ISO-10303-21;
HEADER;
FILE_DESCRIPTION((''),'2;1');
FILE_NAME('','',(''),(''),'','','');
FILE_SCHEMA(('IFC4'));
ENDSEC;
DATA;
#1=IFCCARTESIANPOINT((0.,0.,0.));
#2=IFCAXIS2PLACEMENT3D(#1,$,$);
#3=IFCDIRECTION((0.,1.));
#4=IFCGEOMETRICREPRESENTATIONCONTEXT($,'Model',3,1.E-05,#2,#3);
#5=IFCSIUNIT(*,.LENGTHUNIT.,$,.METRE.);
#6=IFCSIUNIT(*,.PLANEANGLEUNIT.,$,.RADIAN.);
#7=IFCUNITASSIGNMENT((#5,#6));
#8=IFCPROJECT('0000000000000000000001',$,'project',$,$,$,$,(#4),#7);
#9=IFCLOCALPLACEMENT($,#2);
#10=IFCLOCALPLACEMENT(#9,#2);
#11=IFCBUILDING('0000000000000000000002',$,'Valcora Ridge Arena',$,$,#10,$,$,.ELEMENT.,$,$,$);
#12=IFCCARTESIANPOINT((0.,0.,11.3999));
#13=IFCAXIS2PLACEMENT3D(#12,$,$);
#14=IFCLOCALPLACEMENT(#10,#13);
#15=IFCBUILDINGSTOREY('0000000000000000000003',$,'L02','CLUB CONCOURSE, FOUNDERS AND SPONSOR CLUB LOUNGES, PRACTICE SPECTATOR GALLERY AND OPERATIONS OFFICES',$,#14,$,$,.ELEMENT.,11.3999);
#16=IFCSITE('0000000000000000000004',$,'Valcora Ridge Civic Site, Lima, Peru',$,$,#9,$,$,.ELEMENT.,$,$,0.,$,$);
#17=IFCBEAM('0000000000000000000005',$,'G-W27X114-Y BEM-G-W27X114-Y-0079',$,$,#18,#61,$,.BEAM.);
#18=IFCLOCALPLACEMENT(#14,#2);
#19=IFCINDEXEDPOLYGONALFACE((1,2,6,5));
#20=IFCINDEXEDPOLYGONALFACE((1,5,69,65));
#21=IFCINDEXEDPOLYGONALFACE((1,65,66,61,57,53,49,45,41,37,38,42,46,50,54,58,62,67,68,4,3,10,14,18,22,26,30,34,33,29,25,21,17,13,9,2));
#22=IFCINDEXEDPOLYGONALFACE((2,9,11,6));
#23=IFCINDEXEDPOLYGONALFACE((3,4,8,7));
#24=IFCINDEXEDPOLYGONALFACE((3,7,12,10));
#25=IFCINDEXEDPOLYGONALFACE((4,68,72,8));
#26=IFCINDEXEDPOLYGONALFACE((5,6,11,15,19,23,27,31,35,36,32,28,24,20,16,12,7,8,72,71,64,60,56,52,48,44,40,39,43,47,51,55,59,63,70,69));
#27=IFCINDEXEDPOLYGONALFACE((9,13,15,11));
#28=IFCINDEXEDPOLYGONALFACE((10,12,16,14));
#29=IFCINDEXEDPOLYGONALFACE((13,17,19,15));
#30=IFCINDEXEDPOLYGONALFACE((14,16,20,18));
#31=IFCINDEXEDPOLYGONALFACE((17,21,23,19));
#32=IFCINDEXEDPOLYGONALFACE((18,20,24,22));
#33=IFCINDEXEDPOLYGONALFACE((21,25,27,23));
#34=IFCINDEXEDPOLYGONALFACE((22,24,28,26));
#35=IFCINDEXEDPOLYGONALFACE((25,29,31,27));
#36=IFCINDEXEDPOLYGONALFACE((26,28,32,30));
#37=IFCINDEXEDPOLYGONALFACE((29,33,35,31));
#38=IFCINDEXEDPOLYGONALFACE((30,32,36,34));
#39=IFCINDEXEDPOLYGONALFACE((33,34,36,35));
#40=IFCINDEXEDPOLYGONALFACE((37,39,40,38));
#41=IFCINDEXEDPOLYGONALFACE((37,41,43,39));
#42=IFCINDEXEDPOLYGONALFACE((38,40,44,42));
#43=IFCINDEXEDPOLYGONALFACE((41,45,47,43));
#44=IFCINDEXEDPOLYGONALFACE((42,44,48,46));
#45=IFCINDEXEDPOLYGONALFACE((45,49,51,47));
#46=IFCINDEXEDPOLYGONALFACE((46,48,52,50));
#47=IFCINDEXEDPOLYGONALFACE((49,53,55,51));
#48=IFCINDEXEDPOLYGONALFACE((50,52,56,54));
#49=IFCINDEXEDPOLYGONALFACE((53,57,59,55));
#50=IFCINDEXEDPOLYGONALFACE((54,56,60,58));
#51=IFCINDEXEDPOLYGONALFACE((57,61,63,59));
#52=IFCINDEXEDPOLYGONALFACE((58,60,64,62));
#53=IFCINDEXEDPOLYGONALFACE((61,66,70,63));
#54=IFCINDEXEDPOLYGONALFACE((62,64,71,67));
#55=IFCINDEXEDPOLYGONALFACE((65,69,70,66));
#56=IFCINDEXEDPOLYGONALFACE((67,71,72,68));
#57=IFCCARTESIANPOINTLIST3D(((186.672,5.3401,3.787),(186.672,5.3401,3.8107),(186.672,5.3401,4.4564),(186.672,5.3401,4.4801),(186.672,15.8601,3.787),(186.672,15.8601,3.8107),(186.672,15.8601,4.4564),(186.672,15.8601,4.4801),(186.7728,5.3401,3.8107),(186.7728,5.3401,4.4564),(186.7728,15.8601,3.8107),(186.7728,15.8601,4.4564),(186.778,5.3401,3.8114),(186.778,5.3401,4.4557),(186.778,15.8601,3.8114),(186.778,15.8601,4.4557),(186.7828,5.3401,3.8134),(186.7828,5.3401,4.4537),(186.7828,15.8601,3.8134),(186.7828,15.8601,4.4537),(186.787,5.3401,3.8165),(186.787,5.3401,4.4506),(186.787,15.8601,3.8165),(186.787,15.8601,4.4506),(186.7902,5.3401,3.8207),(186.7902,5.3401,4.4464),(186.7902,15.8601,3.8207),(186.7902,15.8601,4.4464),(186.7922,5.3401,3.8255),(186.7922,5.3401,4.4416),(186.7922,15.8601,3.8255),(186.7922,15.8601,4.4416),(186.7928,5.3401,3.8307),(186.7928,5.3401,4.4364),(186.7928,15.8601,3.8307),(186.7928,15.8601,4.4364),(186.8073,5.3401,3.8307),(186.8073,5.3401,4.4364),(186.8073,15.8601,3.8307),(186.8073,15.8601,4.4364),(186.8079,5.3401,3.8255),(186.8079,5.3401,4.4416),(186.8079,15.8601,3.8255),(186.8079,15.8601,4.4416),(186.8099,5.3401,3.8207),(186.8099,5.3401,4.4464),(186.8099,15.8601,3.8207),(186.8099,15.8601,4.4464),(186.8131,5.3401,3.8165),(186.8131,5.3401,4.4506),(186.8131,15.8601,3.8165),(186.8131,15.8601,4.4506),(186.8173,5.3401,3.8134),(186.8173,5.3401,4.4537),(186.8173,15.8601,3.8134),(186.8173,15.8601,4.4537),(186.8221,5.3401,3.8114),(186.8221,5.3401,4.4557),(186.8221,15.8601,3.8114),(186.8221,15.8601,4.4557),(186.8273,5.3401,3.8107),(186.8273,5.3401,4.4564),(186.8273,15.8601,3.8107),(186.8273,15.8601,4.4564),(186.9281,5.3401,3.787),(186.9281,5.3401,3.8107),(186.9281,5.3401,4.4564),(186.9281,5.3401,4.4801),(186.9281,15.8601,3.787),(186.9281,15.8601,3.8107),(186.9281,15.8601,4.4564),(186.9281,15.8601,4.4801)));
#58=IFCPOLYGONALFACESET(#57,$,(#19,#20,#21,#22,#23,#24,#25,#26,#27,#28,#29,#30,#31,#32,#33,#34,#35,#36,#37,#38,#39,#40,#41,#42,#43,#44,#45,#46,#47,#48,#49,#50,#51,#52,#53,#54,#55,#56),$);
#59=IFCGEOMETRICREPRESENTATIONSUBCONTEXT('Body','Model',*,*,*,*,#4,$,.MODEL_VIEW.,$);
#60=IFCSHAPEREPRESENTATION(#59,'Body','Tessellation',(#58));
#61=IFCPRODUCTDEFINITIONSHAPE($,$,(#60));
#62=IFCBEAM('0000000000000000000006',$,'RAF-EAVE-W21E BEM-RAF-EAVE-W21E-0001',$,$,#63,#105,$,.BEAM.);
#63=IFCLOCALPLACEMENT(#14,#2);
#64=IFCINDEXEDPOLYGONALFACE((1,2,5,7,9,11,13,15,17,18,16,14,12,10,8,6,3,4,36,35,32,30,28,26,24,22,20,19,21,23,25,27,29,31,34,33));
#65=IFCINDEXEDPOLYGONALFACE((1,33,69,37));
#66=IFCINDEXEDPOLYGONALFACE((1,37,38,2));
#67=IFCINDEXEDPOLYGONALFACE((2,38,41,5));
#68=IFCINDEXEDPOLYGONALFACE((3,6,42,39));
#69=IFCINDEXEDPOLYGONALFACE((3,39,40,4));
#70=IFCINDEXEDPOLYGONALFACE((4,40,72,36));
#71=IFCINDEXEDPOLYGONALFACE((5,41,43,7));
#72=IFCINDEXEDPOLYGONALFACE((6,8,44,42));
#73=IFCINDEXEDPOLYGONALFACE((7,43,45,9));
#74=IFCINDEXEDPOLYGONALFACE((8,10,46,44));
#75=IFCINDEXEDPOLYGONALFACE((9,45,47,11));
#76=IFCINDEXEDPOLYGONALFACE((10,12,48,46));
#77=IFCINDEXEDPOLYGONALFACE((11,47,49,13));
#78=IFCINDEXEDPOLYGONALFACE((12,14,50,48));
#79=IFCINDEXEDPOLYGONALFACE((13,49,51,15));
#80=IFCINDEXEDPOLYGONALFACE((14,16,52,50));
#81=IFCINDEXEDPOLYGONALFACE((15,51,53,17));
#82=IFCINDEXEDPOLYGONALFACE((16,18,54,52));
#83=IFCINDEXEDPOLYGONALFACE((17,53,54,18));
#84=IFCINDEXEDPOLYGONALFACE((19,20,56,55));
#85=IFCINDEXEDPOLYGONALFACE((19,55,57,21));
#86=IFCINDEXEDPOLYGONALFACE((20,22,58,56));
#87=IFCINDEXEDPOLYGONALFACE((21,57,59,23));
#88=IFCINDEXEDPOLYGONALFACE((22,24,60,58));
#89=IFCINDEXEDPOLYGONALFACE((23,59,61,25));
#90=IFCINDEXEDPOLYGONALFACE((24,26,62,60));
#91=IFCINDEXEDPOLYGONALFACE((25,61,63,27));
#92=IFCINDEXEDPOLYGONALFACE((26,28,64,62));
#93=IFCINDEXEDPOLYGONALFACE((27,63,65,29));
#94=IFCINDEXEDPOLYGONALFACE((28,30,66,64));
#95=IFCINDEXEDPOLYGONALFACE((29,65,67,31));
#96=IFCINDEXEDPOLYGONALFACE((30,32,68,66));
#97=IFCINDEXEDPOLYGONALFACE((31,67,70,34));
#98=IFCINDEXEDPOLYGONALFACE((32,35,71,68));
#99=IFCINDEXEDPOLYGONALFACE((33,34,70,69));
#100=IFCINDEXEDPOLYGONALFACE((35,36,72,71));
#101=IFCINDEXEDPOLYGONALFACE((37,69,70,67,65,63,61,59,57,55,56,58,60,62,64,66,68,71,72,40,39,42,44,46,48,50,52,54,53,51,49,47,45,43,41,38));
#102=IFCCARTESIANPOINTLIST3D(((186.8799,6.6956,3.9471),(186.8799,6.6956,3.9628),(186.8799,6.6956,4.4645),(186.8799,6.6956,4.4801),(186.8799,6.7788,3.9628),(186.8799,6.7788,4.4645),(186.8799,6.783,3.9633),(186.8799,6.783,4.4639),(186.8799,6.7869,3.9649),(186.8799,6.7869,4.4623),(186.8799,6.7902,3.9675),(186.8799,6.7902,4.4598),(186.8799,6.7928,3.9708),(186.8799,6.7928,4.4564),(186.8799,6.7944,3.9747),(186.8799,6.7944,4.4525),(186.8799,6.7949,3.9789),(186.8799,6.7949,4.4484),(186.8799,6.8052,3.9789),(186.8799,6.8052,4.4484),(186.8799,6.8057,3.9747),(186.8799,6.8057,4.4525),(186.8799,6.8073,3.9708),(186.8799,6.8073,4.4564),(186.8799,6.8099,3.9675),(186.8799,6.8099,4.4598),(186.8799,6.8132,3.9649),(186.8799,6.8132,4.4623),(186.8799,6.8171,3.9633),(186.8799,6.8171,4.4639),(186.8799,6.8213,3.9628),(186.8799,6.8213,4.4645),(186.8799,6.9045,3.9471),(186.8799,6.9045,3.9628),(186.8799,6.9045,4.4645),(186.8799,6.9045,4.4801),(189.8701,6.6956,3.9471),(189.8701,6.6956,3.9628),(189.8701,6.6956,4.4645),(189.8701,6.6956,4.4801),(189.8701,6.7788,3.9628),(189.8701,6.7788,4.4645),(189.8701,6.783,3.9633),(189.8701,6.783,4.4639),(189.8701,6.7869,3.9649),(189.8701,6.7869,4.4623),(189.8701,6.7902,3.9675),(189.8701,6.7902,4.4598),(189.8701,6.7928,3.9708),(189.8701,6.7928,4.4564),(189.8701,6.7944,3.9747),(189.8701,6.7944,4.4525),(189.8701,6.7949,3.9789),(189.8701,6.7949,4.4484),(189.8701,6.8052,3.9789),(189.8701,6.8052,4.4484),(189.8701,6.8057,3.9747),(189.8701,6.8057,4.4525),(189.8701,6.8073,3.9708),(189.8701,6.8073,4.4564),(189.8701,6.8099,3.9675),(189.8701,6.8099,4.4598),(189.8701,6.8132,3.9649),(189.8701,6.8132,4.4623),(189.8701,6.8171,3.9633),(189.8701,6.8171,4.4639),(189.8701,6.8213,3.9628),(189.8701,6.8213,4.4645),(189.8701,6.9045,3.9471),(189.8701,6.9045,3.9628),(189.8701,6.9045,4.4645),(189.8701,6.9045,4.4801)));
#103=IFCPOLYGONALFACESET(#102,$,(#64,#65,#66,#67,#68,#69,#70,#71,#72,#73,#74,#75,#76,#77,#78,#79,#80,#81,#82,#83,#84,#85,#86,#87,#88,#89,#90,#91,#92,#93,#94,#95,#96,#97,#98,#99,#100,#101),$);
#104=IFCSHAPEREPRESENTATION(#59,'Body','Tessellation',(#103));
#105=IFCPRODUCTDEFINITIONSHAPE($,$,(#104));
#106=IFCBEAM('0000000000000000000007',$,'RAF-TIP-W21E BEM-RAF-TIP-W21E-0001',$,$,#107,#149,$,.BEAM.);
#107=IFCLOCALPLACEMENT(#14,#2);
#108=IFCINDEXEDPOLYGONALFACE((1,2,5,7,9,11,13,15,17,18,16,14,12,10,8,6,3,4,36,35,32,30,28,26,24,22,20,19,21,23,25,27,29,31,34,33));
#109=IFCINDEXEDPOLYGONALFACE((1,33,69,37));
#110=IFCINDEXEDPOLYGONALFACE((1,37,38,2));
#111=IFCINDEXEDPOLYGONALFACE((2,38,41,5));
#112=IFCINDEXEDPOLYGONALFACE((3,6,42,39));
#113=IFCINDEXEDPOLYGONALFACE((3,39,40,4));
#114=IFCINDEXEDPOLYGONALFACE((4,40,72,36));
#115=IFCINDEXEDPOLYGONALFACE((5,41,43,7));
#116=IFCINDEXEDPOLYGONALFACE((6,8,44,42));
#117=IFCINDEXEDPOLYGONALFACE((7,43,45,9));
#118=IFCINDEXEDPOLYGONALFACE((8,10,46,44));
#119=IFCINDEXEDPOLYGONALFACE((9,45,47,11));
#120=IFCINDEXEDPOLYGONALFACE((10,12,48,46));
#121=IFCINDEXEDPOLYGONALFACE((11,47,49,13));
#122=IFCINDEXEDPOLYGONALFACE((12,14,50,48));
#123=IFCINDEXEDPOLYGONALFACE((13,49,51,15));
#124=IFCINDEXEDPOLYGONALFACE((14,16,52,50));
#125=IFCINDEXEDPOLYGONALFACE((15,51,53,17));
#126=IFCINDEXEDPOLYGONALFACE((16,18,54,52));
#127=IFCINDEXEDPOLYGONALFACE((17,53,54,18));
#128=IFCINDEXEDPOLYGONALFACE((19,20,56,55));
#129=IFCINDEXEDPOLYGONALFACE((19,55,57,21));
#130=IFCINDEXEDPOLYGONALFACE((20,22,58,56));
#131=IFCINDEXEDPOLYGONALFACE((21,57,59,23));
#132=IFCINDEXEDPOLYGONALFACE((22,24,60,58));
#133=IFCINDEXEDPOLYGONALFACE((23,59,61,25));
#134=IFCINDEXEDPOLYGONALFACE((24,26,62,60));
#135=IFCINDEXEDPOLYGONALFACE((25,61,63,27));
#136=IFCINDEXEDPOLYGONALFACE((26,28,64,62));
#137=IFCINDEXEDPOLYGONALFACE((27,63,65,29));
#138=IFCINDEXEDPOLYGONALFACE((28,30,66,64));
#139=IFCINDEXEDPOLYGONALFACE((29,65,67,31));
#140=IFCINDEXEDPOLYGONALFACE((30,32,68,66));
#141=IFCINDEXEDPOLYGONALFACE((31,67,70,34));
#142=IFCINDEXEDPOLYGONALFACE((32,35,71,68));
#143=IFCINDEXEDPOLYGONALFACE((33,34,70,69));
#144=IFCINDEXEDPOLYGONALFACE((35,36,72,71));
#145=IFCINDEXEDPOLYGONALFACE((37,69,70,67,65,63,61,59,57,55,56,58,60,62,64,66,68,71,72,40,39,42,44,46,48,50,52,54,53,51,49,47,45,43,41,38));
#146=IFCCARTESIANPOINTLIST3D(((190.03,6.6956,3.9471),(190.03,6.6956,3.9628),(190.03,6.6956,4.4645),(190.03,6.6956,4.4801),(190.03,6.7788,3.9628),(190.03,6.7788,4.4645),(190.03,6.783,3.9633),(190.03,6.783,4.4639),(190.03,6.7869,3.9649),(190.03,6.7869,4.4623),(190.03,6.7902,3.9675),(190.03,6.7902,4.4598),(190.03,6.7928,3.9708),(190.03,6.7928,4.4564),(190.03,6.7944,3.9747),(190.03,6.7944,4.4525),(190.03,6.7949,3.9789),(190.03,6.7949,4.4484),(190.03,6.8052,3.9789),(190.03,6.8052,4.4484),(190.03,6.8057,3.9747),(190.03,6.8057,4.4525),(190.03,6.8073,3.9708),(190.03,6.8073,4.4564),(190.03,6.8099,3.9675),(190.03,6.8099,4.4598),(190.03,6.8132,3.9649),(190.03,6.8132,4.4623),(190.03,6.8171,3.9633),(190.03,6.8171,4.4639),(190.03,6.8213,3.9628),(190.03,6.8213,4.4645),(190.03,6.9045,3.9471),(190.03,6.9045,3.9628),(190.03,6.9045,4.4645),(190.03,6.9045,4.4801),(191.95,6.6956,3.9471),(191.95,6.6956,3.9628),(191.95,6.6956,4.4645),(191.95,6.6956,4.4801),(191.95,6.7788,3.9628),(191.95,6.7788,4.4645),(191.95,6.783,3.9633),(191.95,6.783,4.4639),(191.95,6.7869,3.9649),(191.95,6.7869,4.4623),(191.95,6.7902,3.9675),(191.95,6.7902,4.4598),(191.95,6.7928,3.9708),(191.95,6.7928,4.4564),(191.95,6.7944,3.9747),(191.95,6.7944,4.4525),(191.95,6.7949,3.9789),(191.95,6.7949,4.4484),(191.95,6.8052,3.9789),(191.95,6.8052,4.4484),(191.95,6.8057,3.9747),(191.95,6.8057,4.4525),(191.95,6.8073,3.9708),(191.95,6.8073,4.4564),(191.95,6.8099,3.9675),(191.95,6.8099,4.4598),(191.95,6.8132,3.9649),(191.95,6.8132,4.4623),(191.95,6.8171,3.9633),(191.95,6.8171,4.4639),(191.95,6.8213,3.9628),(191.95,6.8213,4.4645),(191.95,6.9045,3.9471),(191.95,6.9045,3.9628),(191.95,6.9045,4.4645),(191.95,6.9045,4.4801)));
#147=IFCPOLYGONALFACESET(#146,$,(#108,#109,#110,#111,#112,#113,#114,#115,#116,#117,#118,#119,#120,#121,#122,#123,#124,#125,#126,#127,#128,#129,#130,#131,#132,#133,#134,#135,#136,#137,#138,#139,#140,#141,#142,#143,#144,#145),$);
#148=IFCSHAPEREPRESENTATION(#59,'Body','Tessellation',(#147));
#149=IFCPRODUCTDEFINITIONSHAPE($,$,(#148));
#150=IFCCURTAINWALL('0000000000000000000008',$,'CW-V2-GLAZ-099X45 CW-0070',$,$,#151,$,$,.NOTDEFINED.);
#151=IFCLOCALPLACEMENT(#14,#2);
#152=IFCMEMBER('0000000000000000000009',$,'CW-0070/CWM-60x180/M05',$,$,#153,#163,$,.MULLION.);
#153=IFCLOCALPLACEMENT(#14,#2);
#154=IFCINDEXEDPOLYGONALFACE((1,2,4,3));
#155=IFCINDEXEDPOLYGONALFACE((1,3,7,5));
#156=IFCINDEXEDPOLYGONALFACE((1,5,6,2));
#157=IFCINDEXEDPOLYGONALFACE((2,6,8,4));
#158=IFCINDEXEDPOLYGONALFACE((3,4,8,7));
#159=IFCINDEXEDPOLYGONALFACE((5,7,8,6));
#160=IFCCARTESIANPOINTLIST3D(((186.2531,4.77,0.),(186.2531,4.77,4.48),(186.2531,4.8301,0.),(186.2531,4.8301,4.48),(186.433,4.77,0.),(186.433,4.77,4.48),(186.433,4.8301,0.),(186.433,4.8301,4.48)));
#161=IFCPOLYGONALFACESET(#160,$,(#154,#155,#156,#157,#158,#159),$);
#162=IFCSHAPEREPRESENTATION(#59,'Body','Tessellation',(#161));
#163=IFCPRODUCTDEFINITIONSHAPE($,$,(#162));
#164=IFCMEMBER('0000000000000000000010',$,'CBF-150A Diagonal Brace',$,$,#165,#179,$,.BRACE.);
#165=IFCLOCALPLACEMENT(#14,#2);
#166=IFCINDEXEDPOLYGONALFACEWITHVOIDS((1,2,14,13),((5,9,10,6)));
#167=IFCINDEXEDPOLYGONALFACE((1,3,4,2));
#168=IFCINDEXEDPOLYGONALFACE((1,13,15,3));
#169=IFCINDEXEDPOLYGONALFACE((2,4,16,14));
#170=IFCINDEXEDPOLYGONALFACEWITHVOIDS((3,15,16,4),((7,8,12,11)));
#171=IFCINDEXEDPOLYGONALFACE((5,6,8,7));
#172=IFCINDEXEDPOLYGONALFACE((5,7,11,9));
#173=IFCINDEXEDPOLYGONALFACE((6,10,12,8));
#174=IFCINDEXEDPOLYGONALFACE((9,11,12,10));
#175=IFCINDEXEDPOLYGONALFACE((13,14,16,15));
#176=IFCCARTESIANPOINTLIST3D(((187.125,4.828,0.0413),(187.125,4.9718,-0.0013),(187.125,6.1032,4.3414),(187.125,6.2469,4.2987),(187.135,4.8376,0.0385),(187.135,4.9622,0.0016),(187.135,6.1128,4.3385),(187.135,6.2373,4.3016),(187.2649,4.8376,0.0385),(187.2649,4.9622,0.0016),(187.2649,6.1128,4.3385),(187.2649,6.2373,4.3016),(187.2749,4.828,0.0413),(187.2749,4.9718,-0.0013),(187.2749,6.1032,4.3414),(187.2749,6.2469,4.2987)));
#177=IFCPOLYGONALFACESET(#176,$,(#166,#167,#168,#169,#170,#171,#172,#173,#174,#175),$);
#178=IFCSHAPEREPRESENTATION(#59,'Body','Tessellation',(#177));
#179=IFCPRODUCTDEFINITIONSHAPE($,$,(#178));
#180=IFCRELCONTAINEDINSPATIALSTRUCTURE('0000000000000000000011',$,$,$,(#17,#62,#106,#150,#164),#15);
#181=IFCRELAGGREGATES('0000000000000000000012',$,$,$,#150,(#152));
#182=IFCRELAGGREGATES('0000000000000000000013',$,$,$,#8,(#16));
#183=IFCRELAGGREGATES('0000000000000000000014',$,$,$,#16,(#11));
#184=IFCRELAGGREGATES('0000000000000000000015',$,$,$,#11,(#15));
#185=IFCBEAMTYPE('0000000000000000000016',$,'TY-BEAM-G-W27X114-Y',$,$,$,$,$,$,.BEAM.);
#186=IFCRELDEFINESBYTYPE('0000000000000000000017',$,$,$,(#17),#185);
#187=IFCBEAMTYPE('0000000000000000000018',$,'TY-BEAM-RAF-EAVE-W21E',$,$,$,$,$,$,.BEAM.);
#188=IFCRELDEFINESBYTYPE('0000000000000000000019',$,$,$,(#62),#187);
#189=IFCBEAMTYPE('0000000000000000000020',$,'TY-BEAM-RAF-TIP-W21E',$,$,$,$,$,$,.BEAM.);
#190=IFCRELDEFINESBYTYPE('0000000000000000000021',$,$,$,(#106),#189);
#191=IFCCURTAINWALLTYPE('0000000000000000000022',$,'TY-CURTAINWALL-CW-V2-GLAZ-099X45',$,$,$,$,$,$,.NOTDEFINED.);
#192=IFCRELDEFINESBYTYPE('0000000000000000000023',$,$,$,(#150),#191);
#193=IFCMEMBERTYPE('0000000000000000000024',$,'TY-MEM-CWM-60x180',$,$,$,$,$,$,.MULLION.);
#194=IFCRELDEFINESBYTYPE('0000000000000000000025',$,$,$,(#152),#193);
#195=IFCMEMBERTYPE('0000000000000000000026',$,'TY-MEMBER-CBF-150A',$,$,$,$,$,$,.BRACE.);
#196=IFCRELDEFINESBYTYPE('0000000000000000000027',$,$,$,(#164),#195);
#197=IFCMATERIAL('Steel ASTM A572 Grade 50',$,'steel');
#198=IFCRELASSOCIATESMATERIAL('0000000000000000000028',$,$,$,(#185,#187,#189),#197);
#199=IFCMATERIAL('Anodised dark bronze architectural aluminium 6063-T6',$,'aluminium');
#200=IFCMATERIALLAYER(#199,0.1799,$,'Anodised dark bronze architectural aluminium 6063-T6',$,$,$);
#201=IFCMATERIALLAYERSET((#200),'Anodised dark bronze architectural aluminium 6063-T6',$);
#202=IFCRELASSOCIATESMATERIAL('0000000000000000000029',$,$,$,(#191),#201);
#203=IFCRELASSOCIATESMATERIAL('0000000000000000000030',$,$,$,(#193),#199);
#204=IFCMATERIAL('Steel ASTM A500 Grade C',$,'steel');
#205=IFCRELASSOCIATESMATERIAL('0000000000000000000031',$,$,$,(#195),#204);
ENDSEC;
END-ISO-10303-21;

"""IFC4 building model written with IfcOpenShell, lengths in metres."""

from ifc_helpers import new_model, si_unit, direction, frame, origin, origin_2d, place, context, subcontext, project, spatial, rectangle, hollow_rectangle, i_section, extrude, material, layer, layer_set, material_profile, profile_set, type_object, element, aggregate, save


model = new_model("IFC4")

# Units and contexts
model_context = context("Model", 3, precision=1e-05, world=origin(), true_north=direction((0.0, 1.0)))
body_context = subcontext(model_context, "Body", "Model", "MODEL_VIEW")
ifc_project = project(units=[si_unit("LENGTHUNIT", "METRE"), si_unit("PLANEANGLEUNIT", "RADIAN")], contexts=[model_context])

# Site, building, storey
site_placement = place(None, origin())
site = spatial("IfcSite", under=ifc_project, at=site_placement, Name="Valcora Ridge Civic Site, Lima, Peru", CompositionType="ELEMENT", RefElevation=0.0)
building_placement = place(site_placement, origin())
building = spatial("IfcBuilding", under=site, at=building_placement, Name="Valcora Ridge Arena", CompositionType="ELEMENT")
storey_placement = place(building_placement, frame((0.0, 0.0, 11.3999)))
storey = spatial("IfcBuildingStorey", under=building, at=storey_placement, Name="L02", Description="CLUB CONCOURSE, FOUNDERS AND SPONSOR CLUB LOUNGES, PRACTICE SPECTATOR GALLERY AND OPERATIONS OFFICES", CompositionType="ELEMENT", Elevation=11.3999)

# Shared definitions
ifc_material_1 = material(Name="Steel ASTM A500 Grade C", Category="steel")
ifc_material_2 = material(Name="Steel ASTM A572 Grade 50", Category="steel")

# Beams
ifc_material_profile_1 = material_profile(ifc_material_2, i_section(OverallWidth=0.2561, OverallDepth=0.6931, WebThickness=0.0144, FlangeThickness=0.0237, FilletRadius=0.02, at=origin_2d()), Name="W27X114")
ifc_profile_set_1 = profile_set([ifc_material_profile_1], Name="Steel ASTM A572 Grade 50")
beam_type_1 = type_object("IfcBeamType", Name="TY-BEAM-G-W27X114-Y", PredefinedType="BEAM", material=ifc_profile_set_1)
beam_1_placement = place(storey_placement, frame((186.8, 5.3401, 4.1335), z_axis=(0.0, 1.0, 0.0), x_axis=(-1.0, 0.0, 0.0)))
element("IfcBeam", 1, at=beam_1_placement, inside=storey, type_object=beam_type_1, Name="G-W27X114-Y BEM-G-W27X114-Y-0079", PredefinedType="BEAM", context=body_context, shape_type="SweptSolid", body=[
    extrude(i_section(OverallWidth=0.2561, OverallDepth=0.6931, WebThickness=0.0144, FlangeThickness=0.0237, FilletRadius=0.02, at=origin_2d()), origin(), (0.0, 0.0, 1.0), 10.52),
])
ifc_material_profile_2 = material_profile(ifc_material_2, i_section(OverallWidth=0.209, OverallDepth=0.533, WebThickness=0.0103, FlangeThickness=0.0156, FilletRadius=0.0161, at=origin_2d()), Name="W21X62")
ifc_profile_set_2 = profile_set([ifc_material_profile_2], Name="Steel ASTM A572 Grade 50")
beam_type_2 = type_object("IfcBeamType", Name="TY-BEAM-RAF-EAVE-W21E", PredefinedType="BEAM", material=ifc_profile_set_2)
beam_2_placement = place(storey_placement, frame((186.8799, 6.8, 4.2136), z_axis=(1.0, 0.0, 0.0), x_axis=(0.0, 1.0, 0.0)))
element("IfcBeam", 2, at=beam_2_placement, inside=storey, type_object=beam_type_2, Name="RAF-EAVE-W21E BEM-RAF-EAVE-W21E-0001", PredefinedType="BEAM", context=body_context, shape_type="SweptSolid", body=[
    extrude(i_section(OverallWidth=0.209, OverallDepth=0.533, WebThickness=0.0103, FlangeThickness=0.0156, FilletRadius=0.0161, at=origin_2d()), origin(), (0.0, 0.0, 1.0), 2.9902),
])
ifc_material_profile_3 = material_profile(ifc_material_2, i_section(OverallWidth=0.209, OverallDepth=0.533, WebThickness=0.0103, FlangeThickness=0.0156, FilletRadius=0.0161, at=origin_2d()), Name="W21X62")
ifc_profile_set_3 = profile_set([ifc_material_profile_3], Name="Steel ASTM A572 Grade 50")
beam_type_3 = type_object("IfcBeamType", Name="TY-BEAM-RAF-TIP-W21E", PredefinedType="BEAM", material=ifc_profile_set_3)
beam_3_placement = place(storey_placement, frame((190.03, 6.8, 4.2136), z_axis=(1.0, 0.0, 0.0), x_axis=(0.0, 1.0, 0.0)))
element("IfcBeam", 3, at=beam_3_placement, inside=storey, type_object=beam_type_3, Name="RAF-TIP-W21E BEM-RAF-TIP-W21E-0001", PredefinedType="BEAM", context=body_context, shape_type="SweptSolid", body=[
    extrude(i_section(OverallWidth=0.209, OverallDepth=0.533, WebThickness=0.0103, FlangeThickness=0.0156, FilletRadius=0.0161, at=origin_2d()), origin(), (0.0, 0.0, 1.0), 1.9199),
])

# Curtain wall, member
ifc_material_3 = material(Name="Anodised dark bronze architectural aluminium 6063-T6", Category="aluminium")
ifc_layer_1 = layer(ifc_material_3, 0.1799, Name="Anodised dark bronze architectural aluminium 6063-T6")
ifc_layer_set_1 = layer_set([ifc_layer_1], Name="Anodised dark bronze architectural aluminium 6063-T6")
curtain_wall_type = type_object("IfcCurtainWallType", Name="TY-CURTAINWALL-CW-V2-GLAZ-099X45", PredefinedType="NOTDEFINED", material=ifc_layer_set_1)
curtain_wall_placement = place(storey_placement, origin())
curtain_wall = element("IfcCurtainWall", 4, at=curtain_wall_placement, inside=storey, type_object=curtain_wall_type, Name="CW-V2-GLAZ-099X45 CW-0070", PredefinedType="NOTDEFINED")
ifc_material_profile_4 = material_profile(ifc_material_3, rectangle(XDim=0.0601, YDim=0.1799, at=origin_2d()), Name="ALU MULLION 60x180")
ifc_profile_set_4 = profile_set([ifc_material_profile_4], Name="Anodised dark bronze architectural aluminium 6063-T6")
member_type_1 = type_object("IfcMemberType", Name="TY-MEM-CWM-60x180", PredefinedType="MULLION", material=ifc_profile_set_4)
member_1_placement = place(storey_placement, frame((186.343, 4.8, 0.0), z_axis=(0.0, 0.0, 1.0), x_axis=(0.0, 1.0, 0.0)))
member_1 = element("IfcMember", 5, at=member_1_placement, type_object=member_type_1, Name="CW-0070/CWM-60x180/M05", PredefinedType="MULLION", context=body_context, shape_type="SweptSolid", body=[
    extrude(rectangle(XDim=0.0601, YDim=0.1799, at=origin_2d()), origin(), (0.0, 0.0, 1.0), 4.48),
])

# Member
ifc_material_profile_5 = material_profile(ifc_material_1, hollow_rectangle(XDim=0.1499, YDim=0.1499, WallThickness=0.01, at=origin_2d()), Name="HSS150X150X10")
ifc_profile_set_5 = profile_set([ifc_material_profile_5], Name="Steel ASTM A500 Grade C")
member_type_2 = type_object("IfcMemberType", Name="TY-MEMBER-CBF-150A", PredefinedType="BRACE", material=ifc_profile_set_5)
member_2_placement = place(storey_placement, frame((187.2, 4.8999, 0.02), z_axis=(0.0, 0.284305, 0.958734), x_axis=(-1.0, 0.0, 0.0)))
element("IfcMember", 6, at=member_2_placement, inside=storey, type_object=member_type_2, Name="CBF-150A Diagonal Brace", PredefinedType="BRACE", context=body_context, shape_type="SweptSolid", body=[
    extrude(hollow_rectangle(XDim=0.1499, YDim=0.1499, WallThickness=0.01, at=origin_2d()), origin(), (0.0, 0.0, 1.0), 4.4851),
])

aggregate(curtain_wall, [member_1])

save(model, "model.ifc")
